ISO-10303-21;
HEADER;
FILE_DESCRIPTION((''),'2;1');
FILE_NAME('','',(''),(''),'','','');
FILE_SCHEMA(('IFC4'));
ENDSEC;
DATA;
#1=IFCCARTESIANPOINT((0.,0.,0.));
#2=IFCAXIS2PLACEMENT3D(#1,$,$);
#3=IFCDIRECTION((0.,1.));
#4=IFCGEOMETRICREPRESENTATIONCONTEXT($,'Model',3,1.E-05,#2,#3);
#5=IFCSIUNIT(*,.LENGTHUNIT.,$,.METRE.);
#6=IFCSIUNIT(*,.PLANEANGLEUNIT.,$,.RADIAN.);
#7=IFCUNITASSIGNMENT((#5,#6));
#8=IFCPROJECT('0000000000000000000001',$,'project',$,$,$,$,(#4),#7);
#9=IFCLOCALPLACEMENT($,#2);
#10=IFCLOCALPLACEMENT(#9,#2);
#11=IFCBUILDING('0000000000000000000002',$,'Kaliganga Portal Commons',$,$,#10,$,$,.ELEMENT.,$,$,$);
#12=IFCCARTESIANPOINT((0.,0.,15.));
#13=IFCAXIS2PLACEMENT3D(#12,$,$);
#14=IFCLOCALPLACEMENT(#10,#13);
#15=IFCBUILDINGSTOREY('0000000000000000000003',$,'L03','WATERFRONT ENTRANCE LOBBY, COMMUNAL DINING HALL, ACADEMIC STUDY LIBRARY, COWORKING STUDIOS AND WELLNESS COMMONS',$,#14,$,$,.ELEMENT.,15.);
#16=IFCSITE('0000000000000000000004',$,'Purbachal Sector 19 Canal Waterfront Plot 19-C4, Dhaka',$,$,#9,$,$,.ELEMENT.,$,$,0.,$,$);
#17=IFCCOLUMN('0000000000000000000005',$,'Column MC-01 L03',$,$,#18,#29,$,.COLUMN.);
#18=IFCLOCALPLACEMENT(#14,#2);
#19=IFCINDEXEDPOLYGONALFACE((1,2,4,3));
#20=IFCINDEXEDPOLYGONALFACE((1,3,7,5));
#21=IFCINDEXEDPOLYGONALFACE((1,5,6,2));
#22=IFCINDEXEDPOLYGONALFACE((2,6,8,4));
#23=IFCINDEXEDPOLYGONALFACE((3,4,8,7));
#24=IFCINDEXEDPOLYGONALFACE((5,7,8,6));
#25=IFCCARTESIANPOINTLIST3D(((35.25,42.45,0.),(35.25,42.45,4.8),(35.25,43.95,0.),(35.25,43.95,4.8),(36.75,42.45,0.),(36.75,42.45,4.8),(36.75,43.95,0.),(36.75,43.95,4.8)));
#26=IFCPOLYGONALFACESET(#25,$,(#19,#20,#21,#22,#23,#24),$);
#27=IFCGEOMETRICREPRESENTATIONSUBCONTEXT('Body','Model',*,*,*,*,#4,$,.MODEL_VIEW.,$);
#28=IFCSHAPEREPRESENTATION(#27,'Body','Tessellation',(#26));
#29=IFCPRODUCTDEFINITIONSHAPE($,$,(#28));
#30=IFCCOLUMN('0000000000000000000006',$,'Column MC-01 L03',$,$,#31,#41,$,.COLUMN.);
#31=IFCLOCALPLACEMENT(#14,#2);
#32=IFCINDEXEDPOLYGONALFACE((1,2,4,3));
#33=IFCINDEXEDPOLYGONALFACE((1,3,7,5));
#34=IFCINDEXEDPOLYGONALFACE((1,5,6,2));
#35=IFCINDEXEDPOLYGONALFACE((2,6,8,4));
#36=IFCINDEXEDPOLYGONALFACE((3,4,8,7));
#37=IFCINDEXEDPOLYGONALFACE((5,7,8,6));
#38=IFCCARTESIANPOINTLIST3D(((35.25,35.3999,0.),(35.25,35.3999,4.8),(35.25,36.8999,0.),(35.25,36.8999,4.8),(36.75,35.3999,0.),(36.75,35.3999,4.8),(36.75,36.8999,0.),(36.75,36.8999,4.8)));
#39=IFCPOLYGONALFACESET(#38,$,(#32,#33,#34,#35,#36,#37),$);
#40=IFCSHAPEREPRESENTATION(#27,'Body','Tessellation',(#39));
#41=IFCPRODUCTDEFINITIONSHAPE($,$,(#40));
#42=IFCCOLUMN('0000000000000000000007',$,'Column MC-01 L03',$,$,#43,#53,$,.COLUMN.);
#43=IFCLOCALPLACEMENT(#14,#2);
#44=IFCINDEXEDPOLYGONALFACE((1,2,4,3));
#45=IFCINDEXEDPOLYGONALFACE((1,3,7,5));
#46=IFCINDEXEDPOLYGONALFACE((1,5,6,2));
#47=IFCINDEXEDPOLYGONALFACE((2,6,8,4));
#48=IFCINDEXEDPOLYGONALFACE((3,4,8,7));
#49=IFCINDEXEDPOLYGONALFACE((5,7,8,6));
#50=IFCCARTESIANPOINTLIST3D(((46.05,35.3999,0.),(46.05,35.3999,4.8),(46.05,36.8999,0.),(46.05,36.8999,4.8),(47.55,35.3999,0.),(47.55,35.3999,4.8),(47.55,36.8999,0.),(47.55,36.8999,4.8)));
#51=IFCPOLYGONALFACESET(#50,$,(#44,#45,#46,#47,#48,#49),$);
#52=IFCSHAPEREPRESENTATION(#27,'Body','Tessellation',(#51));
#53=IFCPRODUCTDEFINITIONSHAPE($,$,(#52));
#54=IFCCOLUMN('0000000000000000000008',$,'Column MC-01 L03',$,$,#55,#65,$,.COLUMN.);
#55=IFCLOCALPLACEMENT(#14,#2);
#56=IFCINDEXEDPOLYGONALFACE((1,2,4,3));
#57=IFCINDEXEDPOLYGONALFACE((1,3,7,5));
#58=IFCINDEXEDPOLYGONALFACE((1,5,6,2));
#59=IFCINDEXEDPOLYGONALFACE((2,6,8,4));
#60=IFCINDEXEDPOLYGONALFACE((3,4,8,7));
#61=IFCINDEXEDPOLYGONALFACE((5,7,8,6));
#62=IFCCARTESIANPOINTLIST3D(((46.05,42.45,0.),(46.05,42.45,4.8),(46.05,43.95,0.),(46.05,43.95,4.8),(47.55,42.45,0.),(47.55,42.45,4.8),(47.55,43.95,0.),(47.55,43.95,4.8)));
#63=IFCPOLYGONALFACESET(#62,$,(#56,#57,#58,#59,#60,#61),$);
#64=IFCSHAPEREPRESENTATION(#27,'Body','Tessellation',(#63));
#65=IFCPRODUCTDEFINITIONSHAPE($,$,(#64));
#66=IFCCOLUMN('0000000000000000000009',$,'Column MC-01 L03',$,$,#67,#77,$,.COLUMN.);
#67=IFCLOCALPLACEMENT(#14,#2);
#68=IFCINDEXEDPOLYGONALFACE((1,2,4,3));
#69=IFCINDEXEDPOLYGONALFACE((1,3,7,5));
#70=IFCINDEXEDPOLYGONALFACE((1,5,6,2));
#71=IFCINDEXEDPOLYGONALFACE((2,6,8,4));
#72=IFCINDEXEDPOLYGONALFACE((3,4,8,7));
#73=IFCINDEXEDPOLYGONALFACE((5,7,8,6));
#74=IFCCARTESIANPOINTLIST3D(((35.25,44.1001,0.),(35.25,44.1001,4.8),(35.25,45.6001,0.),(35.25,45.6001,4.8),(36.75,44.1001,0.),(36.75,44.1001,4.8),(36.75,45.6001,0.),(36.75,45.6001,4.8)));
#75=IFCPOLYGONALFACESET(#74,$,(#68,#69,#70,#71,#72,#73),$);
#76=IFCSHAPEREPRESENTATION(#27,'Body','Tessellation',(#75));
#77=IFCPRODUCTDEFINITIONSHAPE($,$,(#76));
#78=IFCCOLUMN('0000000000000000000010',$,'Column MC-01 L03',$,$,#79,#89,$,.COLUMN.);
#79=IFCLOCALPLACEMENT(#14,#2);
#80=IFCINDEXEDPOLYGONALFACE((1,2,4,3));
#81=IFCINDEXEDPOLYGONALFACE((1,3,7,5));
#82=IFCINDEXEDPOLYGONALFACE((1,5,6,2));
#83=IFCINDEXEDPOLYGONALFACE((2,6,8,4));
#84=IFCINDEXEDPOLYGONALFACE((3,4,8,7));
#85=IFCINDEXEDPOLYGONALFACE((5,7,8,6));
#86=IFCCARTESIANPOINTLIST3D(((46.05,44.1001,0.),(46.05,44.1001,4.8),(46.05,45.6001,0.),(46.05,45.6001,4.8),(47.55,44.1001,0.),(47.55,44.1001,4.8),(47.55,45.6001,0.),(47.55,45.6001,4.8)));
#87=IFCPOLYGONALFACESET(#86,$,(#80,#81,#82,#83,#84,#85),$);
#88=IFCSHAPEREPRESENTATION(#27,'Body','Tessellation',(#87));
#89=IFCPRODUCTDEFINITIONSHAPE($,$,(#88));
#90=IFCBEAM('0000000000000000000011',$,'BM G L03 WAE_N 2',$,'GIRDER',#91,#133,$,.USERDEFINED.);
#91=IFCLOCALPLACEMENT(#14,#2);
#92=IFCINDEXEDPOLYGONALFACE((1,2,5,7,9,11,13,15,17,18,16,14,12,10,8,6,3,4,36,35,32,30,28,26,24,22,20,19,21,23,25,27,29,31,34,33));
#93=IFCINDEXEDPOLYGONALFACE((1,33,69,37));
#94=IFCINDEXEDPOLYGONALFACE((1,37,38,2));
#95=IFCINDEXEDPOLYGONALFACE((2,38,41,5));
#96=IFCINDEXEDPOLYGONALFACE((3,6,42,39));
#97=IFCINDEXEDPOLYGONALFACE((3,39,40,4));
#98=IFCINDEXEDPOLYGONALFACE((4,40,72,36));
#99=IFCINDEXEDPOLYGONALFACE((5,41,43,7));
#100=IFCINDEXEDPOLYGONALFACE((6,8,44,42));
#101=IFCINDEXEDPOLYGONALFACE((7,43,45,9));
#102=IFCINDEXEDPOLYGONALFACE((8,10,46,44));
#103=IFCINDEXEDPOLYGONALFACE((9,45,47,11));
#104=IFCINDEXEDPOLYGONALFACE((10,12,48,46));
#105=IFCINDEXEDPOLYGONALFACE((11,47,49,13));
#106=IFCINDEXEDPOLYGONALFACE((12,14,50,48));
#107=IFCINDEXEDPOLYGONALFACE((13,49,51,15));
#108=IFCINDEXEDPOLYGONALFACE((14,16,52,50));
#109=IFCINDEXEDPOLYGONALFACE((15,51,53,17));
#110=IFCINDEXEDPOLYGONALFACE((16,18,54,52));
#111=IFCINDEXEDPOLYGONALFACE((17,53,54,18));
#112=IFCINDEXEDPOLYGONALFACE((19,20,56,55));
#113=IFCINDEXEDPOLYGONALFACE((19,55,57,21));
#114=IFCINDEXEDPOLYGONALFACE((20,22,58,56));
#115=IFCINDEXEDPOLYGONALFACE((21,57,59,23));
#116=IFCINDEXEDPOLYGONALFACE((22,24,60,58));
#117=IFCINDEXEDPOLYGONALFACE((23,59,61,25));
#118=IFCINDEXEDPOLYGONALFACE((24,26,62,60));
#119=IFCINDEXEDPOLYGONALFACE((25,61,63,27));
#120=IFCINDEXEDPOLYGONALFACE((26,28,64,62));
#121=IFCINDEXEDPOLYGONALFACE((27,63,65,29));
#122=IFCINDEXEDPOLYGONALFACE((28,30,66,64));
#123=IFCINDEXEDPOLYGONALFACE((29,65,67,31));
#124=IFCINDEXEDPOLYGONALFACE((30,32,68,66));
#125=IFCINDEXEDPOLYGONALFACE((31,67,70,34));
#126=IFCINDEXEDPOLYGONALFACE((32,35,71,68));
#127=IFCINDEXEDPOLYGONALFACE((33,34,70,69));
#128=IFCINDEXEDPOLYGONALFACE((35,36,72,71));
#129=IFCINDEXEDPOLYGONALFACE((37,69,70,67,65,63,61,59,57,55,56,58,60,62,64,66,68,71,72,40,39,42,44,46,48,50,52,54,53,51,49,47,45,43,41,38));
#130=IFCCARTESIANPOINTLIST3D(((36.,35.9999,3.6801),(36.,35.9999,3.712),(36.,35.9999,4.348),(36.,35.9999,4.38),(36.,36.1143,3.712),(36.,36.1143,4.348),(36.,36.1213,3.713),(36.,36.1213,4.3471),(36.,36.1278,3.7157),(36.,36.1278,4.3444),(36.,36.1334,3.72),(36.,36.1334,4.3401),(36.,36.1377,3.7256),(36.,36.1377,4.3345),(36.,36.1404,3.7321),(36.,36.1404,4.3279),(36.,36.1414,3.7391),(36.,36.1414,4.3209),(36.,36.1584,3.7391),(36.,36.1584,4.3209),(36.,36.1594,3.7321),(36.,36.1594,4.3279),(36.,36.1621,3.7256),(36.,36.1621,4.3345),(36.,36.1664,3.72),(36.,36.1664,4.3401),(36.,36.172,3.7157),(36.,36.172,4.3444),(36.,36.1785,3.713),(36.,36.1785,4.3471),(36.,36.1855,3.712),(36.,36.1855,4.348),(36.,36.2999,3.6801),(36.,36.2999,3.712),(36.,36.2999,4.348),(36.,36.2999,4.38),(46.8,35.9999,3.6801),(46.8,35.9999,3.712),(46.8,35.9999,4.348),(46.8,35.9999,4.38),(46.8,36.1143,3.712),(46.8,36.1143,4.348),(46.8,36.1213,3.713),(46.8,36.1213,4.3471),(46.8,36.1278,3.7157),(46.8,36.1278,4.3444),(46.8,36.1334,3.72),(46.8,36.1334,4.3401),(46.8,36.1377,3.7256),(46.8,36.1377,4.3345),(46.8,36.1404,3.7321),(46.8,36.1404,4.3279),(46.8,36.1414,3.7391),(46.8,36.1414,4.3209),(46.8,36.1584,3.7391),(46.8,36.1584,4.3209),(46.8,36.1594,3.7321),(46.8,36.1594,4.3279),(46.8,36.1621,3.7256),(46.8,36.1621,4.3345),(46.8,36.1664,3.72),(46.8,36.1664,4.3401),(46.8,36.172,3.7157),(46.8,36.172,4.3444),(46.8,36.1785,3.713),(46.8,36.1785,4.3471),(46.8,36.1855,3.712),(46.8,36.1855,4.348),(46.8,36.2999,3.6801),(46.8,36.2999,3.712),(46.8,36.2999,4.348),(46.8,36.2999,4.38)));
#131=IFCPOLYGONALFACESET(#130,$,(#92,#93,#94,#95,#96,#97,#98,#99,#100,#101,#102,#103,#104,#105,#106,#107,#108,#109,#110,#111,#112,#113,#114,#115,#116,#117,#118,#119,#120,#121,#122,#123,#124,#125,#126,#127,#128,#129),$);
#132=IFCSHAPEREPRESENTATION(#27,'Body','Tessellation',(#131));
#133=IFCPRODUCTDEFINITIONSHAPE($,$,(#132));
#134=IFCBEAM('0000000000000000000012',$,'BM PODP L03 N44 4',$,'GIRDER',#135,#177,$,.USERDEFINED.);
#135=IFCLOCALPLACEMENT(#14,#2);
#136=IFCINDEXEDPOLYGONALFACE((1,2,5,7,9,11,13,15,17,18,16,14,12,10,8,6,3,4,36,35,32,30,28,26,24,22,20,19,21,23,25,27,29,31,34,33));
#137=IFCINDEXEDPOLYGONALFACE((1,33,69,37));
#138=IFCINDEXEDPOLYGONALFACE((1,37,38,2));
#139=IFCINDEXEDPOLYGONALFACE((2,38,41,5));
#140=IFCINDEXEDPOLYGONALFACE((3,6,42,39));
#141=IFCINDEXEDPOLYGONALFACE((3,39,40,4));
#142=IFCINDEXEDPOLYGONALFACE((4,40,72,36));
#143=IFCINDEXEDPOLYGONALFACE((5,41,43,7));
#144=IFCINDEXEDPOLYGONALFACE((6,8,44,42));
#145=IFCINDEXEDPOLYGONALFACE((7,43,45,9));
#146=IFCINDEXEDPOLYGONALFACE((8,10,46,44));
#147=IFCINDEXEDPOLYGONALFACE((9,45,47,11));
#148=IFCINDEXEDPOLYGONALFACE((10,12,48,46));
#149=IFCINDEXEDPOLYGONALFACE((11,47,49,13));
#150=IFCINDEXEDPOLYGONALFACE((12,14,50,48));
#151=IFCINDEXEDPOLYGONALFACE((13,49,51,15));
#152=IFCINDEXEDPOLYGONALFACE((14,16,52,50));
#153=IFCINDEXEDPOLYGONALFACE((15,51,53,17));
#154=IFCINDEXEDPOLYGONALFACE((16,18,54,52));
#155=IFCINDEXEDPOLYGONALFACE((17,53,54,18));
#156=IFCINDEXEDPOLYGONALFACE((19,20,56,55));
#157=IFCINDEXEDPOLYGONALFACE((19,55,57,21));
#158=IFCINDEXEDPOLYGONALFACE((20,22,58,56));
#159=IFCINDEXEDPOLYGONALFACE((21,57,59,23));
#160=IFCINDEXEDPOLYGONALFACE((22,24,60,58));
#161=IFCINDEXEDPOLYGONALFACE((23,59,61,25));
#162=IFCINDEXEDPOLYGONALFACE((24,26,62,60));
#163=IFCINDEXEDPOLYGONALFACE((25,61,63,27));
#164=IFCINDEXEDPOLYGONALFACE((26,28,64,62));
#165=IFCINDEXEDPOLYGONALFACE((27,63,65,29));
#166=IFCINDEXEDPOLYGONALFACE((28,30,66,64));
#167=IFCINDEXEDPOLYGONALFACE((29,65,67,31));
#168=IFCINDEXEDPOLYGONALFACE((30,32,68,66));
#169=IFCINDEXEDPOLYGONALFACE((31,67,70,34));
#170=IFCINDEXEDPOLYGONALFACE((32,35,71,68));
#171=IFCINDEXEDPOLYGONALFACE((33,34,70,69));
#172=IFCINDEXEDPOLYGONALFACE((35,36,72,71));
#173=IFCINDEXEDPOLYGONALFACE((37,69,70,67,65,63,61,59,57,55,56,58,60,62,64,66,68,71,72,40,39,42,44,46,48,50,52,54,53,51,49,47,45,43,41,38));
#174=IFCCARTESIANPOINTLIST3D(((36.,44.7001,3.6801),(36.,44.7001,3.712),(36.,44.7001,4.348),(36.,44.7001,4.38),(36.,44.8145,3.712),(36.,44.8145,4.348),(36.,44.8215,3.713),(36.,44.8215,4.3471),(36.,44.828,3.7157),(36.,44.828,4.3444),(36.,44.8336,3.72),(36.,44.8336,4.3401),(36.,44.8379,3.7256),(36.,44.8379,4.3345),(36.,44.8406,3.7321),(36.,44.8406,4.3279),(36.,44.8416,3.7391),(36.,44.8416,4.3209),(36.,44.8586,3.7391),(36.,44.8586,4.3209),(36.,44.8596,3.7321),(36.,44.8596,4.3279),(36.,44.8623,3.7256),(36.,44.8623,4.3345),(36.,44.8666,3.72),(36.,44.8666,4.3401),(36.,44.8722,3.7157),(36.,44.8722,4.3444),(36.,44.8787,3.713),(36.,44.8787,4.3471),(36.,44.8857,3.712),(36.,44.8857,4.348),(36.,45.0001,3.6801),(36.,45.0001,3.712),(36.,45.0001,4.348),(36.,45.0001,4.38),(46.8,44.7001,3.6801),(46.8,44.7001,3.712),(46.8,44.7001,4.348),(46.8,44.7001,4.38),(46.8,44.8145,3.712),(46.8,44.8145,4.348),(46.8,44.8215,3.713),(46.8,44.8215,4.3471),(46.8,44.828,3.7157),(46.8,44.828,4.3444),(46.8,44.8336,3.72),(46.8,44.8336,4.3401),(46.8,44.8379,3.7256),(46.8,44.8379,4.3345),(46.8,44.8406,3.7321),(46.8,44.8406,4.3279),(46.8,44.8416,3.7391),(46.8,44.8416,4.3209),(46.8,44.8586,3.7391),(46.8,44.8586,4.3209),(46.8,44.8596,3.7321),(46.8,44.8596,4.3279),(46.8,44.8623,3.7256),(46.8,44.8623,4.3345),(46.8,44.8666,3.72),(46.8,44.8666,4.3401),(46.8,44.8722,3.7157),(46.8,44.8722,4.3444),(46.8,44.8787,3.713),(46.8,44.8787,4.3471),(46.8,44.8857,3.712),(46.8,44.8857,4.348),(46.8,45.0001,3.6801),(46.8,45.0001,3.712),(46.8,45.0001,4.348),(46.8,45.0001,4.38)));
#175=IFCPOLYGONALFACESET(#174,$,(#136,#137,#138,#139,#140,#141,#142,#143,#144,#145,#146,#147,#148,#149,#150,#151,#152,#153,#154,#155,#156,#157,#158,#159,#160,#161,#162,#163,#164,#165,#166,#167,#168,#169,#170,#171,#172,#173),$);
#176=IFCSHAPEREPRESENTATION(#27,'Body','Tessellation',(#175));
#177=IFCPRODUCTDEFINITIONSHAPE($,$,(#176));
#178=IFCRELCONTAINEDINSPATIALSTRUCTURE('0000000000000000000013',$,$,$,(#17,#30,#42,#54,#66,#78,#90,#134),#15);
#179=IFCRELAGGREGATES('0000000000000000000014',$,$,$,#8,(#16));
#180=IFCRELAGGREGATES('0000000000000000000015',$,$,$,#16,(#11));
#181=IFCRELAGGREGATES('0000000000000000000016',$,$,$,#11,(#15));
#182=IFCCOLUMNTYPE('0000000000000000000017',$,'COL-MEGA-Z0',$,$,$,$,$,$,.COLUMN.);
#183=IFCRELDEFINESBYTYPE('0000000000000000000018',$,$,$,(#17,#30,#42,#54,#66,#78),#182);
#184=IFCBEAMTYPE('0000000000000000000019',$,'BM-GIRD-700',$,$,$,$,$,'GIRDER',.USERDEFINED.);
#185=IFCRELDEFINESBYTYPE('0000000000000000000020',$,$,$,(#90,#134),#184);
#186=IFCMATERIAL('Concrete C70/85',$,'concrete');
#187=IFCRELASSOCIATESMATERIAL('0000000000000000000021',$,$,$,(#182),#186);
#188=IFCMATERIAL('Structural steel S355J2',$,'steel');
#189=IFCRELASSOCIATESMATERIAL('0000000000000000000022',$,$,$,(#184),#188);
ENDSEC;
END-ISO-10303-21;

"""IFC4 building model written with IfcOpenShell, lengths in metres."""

from ifc_helpers import new_model, si_unit, direction, frame, origin, origin_2d, place, context, subcontext, project, spatial, rectangle, i_section, extrude, source, transform, mapped, material, material_profile, profile_set, type_object, element, save


model = new_model("IFC4")

# Units and contexts
model_context = context("Model", 3, precision=1e-05, world=origin(), true_north=direction((0.0, 1.0)))
body_context = subcontext(model_context, "Body", "Model", "MODEL_VIEW")
ifc_project = project(units=[si_unit("LENGTHUNIT", "METRE"), si_unit("PLANEANGLEUNIT", "RADIAN")], contexts=[model_context])

# Site, building, storey
site_placement = place(None, origin())
site = spatial("IfcSite", under=ifc_project, at=site_placement, Name="Purbachal Sector 19 Canal Waterfront Plot 19-C4, Dhaka", CompositionType="ELEMENT", RefElevation=0.0)
building_placement = place(site_placement, origin())
building = spatial("IfcBuilding", under=site, at=building_placement, Name="Kaliganga Portal Commons", CompositionType="ELEMENT")
storey_placement = place(building_placement, frame((0.0, 0.0, 15.0)))
storey = spatial("IfcBuildingStorey", under=building, at=storey_placement, Name="L03", Description="WATERFRONT ENTRANCE LOBBY, COMMUNAL DINING HALL, ACADEMIC STUDY LIBRARY, COWORKING STUDIOS AND WELLNESS COMMONS", CompositionType="ELEMENT", Elevation=15.0)

# Columns
ifc_material_1 = material(Name="Concrete C70/85", Category="concrete")
ifc_material_profile_1 = material_profile(ifc_material_1, rectangle(XDim=1.5, YDim=1.5, at=origin_2d()), Name="RC 1500x1500")
ifc_profile_set_1 = profile_set([ifc_material_profile_1], Name="Concrete C70/85")
column_type = type_object("IfcColumnType", Name="COL-MEGA-Z0", PredefinedType="COLUMN", material=ifc_profile_set_1)
shared_shape_1 = source(origin(), body_context, "Body", "SweptSolid", [
    extrude(rectangle(XDim=1.5, YDim=1.5, at=origin_2d()), origin(), (0.0, 0.0, 1.0), 4.8),
])
for number, where, z_axis, x_axis, name in (
    (1, (36.0, 43.2, 0.0), (0.0, 0.0, 1.0), (1.0, 0.0, 0.0), "Column MC-01 L03"),
    (2, (36.0, 36.1499, 0.0), (0.0, 0.0, 1.0), (1.0, 0.0, 0.0), "Column MC-01 L03"),
    (3, (46.8, 36.1499, 0.0), (0.0, 0.0, 1.0), (1.0, 0.0, 0.0), "Column MC-01 L03"),
    (4, (46.8, 43.2, 0.0), (0.0, 0.0, 1.0), (1.0, 0.0, 0.0), "Column MC-01 L03"),
    (5, (36.0, 44.8501, 0.0), (0.0, 0.0, 1.0), (1.0, 0.0, 0.0), "Column MC-01 L03"),
    (6, (46.8, 44.8501, 0.0), (0.0, 0.0, 1.0), (1.0, 0.0, 0.0), "Column MC-01 L03"),
):
    element("IfcColumn", number, at=place(storey_placement, frame(where, z_axis=z_axis, x_axis=x_axis)), inside=storey, type_object=column_type, Name=name, PredefinedType="COLUMN", context=body_context, shape_type="MappedRepresentation", body=[
        mapped(shared_shape_1, transform((0.0, 0.0, 0.0), x_axis=(1.0, 0.0, 0.0), y_axis=(0.0, 1.0, 0.0), z_axis=(0.0, 0.0, 1.0), scale=1.0)),
    ])

# Beams
ifc_material_2 = material(Name="Structural steel S355J2", Category="steel")
ifc_material_profile_2 = material_profile(ifc_material_2, i_section(OverallWidth=0.3, OverallDepth=0.7, WebThickness=0.0171, FlangeThickness=0.032, FilletRadius=0.0271, at=origin_2d()), Name="HE 700 B")
ifc_profile_set_2 = profile_set([ifc_material_profile_2], Name="Structural steel S355J2 wide-flange")
beam_type_1 = type_object("IfcBeamType", Name="BM-GIRD-700", ElementType="GIRDER", PredefinedType="USERDEFINED", material=ifc_profile_set_2)
shared_shape_2 = source(origin(), body_context, "Body", "SweptSolid", [
    extrude(i_section(OverallWidth=0.3, OverallDepth=0.7, WebThickness=0.0171, FlangeThickness=0.032, FilletRadius=0.0271, at=origin_2d()), origin(), (0.0, 0.0, 1.0), 10.8),
])
for number, where, z_axis, x_axis, name in (
    (7, (36.0, 36.1499, 4.03), (1.0, 0.0, 0.0), (0.0, 1.0, 0.0), "BM G L03 WAE_N 2"),
    (8, (36.0, 44.8501, 4.03), (1.0, 0.0, 0.0), (0.0, 1.0, 0.0), "BM PODP L03 N44 4"),
):
    element("IfcBeam", number, at=place(storey_placement, frame(where, z_axis=z_axis, x_axis=x_axis)), inside=storey, type_object=beam_type_1, Name=name, ObjectType="GIRDER", PredefinedType="USERDEFINED", context=body_context, shape_type="MappedRepresentation", body=[
        mapped(shared_shape_2, transform((0.0, 0.0, 0.0), x_axis=(1.0, 0.0, 0.0), y_axis=(0.0, 1.0, 0.0), z_axis=(0.0, 0.0, 1.0), scale=1.0)),
    ])

save(model, "model.ifc")
